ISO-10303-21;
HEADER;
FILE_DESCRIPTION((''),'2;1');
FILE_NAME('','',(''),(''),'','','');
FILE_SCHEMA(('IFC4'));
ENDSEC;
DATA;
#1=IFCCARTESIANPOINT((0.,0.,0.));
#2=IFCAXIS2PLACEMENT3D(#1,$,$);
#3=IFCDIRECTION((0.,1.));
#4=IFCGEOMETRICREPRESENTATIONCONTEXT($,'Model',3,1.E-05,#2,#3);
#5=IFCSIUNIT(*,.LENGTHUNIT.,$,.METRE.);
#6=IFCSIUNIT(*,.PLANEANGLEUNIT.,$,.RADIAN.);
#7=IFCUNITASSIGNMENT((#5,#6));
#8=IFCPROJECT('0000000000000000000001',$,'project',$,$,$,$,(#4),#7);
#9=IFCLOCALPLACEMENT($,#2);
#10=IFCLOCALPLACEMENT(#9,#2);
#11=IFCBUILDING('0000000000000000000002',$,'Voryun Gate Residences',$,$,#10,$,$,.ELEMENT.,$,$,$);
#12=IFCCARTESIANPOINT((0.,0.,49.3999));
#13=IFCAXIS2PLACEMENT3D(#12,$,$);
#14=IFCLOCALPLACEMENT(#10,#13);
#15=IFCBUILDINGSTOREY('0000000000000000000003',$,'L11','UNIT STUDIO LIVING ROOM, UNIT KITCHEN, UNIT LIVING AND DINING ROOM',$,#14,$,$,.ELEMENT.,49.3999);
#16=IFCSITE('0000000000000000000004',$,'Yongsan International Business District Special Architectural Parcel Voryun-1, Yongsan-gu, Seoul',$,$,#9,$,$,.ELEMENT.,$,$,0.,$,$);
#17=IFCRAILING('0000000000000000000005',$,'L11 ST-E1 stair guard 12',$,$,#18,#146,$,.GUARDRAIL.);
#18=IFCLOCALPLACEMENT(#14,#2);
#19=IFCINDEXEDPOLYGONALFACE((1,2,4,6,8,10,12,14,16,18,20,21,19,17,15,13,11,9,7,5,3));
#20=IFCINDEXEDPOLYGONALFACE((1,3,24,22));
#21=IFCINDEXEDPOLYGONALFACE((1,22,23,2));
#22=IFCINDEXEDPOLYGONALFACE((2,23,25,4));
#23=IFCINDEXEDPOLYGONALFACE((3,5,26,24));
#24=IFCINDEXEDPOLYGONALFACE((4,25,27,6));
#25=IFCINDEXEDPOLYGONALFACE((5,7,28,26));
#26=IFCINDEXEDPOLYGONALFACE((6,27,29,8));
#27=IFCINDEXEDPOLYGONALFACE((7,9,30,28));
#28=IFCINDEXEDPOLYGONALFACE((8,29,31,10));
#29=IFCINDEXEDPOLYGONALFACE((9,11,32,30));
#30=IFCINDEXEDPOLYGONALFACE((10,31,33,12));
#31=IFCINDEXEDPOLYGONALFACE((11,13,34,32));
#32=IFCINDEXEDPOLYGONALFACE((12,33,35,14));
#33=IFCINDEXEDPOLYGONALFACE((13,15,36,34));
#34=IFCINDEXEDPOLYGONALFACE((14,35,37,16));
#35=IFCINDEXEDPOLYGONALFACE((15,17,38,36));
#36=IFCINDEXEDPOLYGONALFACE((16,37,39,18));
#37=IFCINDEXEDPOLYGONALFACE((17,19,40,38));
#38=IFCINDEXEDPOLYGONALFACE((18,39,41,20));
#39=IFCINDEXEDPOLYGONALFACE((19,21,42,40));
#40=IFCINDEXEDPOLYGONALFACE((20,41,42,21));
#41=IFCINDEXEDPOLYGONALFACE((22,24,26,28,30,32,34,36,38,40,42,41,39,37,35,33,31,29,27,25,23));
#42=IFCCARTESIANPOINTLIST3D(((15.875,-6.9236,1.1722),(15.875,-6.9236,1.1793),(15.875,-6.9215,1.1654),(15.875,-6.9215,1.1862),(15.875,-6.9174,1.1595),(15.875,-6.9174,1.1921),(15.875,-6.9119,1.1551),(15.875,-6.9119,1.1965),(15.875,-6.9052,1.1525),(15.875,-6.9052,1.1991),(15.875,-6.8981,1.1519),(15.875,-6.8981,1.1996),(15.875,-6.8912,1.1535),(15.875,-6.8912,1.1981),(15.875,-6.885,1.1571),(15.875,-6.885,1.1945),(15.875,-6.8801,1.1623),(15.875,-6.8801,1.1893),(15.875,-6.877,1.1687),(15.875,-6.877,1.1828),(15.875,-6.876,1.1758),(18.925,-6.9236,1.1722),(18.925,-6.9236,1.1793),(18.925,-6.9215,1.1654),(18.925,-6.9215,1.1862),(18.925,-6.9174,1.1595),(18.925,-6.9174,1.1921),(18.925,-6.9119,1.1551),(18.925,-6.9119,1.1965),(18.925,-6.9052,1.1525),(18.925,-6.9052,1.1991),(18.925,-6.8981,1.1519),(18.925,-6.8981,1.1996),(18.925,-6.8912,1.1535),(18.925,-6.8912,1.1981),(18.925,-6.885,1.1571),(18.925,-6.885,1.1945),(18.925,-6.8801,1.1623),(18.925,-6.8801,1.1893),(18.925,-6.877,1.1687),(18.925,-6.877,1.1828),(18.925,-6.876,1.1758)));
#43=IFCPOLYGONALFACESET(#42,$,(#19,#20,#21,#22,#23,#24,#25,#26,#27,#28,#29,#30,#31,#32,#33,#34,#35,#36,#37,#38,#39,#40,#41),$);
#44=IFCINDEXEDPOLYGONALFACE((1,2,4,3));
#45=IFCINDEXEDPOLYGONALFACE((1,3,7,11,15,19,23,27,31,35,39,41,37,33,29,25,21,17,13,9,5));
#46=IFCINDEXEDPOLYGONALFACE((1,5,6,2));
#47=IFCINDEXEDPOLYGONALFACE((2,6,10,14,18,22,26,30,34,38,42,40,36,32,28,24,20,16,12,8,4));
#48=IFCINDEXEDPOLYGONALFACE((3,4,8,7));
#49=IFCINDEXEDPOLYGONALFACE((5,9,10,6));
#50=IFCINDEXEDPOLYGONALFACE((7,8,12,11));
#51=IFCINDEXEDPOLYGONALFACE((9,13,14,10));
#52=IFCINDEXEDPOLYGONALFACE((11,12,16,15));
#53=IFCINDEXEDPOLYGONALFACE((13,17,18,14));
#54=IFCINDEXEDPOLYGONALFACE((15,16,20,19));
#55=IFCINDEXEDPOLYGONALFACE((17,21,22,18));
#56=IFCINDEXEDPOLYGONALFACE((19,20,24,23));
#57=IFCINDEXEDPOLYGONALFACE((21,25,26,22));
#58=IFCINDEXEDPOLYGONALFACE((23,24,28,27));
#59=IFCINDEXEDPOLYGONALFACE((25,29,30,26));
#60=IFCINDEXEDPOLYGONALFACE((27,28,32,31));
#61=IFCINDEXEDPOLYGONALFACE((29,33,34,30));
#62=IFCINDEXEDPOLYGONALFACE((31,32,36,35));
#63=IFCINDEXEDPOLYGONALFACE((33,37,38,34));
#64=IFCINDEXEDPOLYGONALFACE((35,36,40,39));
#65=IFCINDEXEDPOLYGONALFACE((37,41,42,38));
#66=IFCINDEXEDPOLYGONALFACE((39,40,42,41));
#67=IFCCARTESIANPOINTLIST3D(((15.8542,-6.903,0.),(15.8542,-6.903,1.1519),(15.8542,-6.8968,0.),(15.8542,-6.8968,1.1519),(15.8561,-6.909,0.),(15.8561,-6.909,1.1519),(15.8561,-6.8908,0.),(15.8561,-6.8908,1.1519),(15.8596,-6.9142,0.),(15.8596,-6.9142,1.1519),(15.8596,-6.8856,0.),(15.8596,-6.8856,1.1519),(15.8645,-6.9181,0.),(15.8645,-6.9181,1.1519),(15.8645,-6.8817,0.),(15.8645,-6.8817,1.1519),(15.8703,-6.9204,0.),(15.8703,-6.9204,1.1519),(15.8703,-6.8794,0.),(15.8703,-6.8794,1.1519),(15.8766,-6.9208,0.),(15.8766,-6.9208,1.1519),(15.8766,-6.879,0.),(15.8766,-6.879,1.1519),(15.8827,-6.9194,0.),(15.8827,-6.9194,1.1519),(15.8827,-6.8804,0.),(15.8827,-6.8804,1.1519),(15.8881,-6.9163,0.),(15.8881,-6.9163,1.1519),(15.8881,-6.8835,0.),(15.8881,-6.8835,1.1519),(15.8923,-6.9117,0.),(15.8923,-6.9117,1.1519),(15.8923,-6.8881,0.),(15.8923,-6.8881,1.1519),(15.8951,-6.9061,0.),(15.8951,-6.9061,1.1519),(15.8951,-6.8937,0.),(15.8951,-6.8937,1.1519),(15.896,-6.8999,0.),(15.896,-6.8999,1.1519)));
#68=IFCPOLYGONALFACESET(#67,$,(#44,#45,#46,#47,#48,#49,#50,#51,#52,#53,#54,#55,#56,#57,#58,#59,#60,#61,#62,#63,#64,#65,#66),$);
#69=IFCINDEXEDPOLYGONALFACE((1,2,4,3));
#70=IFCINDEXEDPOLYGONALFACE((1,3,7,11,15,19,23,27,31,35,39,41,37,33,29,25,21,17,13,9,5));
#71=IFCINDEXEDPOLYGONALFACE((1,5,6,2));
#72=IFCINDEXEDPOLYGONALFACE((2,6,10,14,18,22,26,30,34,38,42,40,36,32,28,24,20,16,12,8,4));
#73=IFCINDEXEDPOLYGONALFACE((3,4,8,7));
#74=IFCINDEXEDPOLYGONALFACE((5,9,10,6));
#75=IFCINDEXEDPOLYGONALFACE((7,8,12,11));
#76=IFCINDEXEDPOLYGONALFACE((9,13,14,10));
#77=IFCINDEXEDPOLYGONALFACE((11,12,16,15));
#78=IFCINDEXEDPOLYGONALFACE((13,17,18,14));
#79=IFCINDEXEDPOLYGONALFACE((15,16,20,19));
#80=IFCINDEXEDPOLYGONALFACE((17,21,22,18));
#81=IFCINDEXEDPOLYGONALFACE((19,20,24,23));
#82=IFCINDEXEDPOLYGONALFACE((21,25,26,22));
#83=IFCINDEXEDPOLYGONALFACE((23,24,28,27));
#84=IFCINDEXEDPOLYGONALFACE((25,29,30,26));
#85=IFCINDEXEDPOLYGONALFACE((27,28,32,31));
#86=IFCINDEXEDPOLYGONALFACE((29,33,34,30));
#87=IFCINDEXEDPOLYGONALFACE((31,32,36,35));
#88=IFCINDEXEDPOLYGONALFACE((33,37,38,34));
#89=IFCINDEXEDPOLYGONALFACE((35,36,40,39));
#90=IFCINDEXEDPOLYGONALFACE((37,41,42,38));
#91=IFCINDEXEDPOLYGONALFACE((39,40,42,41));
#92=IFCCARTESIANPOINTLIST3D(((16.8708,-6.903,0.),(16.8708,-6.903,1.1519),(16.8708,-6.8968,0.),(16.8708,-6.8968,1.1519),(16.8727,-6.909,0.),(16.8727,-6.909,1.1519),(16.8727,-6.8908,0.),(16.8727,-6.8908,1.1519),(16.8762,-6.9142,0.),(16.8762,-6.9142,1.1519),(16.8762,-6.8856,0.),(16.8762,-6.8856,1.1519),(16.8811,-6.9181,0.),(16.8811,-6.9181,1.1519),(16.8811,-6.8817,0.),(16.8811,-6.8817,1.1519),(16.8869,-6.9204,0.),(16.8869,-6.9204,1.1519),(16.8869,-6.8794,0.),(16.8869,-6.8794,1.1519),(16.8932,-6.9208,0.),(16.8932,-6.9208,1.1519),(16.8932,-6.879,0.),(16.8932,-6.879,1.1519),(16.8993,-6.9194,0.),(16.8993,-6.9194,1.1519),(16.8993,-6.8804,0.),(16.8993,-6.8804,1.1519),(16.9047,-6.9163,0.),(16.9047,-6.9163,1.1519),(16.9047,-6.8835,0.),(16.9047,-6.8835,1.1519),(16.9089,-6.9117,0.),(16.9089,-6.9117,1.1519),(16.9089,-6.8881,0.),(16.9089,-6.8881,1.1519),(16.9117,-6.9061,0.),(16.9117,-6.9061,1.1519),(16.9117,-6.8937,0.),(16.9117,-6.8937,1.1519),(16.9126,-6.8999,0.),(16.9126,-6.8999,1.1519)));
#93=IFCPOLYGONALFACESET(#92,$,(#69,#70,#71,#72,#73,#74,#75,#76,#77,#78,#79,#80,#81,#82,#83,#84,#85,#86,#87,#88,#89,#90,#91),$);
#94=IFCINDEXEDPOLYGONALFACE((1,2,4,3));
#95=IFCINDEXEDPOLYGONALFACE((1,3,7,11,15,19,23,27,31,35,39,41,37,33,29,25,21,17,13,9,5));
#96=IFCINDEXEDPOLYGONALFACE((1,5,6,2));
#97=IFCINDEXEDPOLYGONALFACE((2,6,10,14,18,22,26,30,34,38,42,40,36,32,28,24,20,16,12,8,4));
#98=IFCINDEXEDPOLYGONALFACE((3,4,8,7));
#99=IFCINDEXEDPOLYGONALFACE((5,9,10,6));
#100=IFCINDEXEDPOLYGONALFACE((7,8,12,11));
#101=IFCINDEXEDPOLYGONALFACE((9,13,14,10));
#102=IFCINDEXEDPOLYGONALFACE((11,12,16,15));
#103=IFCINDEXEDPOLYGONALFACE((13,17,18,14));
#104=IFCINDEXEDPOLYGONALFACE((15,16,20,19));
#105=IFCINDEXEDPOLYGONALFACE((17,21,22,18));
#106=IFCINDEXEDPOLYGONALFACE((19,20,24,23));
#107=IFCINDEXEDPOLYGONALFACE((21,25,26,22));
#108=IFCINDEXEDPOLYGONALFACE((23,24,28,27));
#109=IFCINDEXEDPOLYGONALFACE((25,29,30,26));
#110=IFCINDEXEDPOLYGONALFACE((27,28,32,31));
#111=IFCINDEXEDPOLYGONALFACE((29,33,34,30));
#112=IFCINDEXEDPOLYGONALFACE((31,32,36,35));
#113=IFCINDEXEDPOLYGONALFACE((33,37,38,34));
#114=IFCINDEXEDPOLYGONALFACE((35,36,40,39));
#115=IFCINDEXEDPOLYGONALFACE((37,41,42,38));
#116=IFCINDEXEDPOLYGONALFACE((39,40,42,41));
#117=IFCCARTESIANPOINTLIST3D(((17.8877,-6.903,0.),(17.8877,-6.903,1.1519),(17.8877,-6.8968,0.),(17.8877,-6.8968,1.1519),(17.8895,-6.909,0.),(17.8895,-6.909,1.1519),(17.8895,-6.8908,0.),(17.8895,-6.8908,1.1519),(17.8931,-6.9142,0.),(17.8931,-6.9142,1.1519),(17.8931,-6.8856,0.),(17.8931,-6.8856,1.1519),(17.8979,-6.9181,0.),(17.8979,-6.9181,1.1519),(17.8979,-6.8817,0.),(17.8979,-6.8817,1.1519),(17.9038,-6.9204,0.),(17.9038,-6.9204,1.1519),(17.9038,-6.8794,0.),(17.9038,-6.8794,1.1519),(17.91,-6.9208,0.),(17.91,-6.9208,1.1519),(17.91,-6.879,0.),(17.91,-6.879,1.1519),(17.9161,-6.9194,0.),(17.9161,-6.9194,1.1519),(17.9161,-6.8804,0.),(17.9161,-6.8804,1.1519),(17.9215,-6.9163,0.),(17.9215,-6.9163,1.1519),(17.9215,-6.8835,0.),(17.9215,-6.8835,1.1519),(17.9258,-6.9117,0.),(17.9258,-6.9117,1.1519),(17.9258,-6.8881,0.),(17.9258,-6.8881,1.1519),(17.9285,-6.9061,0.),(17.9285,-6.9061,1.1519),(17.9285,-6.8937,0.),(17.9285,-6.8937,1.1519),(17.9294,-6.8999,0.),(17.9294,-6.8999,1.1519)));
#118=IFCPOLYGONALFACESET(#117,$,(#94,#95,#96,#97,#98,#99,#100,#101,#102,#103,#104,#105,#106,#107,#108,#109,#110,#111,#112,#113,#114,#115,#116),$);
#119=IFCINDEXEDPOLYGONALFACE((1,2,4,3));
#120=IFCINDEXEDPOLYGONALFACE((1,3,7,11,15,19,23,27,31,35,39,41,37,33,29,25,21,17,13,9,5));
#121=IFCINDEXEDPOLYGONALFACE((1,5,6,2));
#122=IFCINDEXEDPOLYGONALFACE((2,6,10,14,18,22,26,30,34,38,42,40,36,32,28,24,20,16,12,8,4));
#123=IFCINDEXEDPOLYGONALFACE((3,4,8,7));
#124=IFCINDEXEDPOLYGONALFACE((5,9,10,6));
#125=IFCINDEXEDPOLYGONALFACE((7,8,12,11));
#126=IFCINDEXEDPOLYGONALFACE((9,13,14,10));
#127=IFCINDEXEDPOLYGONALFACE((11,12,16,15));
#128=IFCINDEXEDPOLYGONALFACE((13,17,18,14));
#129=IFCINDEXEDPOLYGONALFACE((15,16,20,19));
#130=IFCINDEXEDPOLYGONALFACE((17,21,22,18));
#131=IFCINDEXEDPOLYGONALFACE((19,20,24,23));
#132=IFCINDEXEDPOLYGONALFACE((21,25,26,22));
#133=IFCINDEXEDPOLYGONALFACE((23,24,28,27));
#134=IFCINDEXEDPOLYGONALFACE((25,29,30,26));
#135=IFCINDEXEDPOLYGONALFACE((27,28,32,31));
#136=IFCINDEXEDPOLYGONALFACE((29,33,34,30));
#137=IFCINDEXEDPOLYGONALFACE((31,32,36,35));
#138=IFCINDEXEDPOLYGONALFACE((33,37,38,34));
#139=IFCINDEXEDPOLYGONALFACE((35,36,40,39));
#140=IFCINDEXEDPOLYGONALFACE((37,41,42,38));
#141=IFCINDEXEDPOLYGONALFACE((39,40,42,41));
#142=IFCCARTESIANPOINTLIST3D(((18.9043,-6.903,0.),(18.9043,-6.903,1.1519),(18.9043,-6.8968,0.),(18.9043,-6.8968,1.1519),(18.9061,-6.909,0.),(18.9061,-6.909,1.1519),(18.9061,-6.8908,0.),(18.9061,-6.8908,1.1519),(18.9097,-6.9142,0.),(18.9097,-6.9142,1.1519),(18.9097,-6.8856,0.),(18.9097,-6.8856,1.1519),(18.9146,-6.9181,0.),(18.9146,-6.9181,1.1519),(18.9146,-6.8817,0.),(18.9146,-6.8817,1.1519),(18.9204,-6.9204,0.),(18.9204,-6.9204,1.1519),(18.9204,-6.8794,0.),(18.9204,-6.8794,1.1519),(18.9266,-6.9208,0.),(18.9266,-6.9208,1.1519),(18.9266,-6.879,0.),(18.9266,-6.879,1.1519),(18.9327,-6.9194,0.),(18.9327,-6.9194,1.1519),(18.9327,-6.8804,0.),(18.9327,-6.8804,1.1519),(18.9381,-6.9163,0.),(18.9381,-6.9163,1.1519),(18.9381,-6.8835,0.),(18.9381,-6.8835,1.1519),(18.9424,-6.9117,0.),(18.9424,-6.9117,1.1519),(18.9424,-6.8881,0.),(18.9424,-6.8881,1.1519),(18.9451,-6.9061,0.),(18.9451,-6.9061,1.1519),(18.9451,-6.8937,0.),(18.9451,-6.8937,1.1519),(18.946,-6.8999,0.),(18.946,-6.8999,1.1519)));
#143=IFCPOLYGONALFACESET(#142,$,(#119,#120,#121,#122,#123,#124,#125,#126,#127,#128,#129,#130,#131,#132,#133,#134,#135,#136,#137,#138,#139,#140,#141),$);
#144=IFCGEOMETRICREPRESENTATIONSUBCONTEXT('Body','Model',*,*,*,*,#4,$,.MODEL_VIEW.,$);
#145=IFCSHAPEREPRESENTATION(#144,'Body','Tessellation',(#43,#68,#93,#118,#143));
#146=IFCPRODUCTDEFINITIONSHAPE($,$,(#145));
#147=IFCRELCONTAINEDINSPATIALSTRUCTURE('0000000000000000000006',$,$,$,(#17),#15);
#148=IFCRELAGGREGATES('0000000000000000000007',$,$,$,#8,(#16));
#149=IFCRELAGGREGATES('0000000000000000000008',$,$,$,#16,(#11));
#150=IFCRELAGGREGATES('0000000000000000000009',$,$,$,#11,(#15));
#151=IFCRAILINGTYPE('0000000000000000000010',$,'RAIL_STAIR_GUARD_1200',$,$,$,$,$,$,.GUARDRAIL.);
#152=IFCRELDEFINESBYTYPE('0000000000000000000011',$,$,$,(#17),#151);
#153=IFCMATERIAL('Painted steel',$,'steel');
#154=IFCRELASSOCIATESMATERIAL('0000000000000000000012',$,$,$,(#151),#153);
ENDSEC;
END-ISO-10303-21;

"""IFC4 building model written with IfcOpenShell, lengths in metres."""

from ifc_helpers import new_model, si_unit, direction, frame, origin, origin_2d, place, context, subcontext, project, spatial, circle, extrude, material, type_object, element, save


model = new_model("IFC4")

# Units and contexts
model_context = context("Model", 3, precision=1e-05, world=origin(), true_north=direction((0.0, 1.0)))
body_context = subcontext(model_context, "Body", "Model", "MODEL_VIEW")
ifc_project = project(units=[si_unit("LENGTHUNIT", "METRE"), si_unit("PLANEANGLEUNIT", "RADIAN")], contexts=[model_context])

# Site, building, storey
site_placement = place(None, origin())
site = spatial("IfcSite", under=ifc_project, at=site_placement, Name="Yongsan International Business District Special Architectural Parcel Voryun-1, Yongsan-gu, Seoul", CompositionType="ELEMENT", RefElevation=0.0)
building_placement = place(site_placement, origin())
building = spatial("IfcBuilding", under=site, at=building_placement, Name="Voryun Gate Residences", CompositionType="ELEMENT")
storey_placement = place(building_placement, frame((0.0, 0.0, 49.3999)))
storey = spatial("IfcBuildingStorey", under=building, at=storey_placement, Name="L11", Description="UNIT STUDIO LIVING ROOM, UNIT KITCHEN, UNIT LIVING AND DINING ROOM", CompositionType="ELEMENT", Elevation=49.3999)

# Railing
ifc_material_1 = material(Name="Painted steel", Category="steel")
railing_type_1 = type_object("IfcRailingType", Name="RAIL_STAIR_GUARD_1200", PredefinedType="GUARDRAIL", material=ifc_material_1)
railing_1_placement = place(storey_placement, frame((15.875, -6.8999, 0.0)))
element("IfcRailing", 1, at=railing_1_placement, inside=storey, type_object=railing_type_1, Name="L11 ST-E1 stair guard 12", PredefinedType="GUARDRAIL", context=body_context, shape_type="SweptSolid", body=[
    extrude(circle(Radius=0.0239, at=origin_2d()), frame((0.0, 0.0, 1.1758), z_axis=(1.0, 0.0, 0.0), x_axis=(0.0, 1.0, 0.0)), (0.0, 0.0, 1.0), 3.05),
    extrude(circle(Radius=0.021, at=origin_2d()), origin(), (0.0, 0.0, 1.0), 1.1519),
    extrude(circle(Radius=0.021, at=origin_2d()), frame((1.0166, 0.0, 0.0)), (0.0, 0.0, 1.0), 1.1519),
    extrude(circle(Radius=0.021, at=origin_2d()), frame((2.0334, 0.0, 0.0)), (0.0, 0.0, 1.0), 1.1519),
    extrude(circle(Radius=0.021, at=origin_2d()), frame((3.05, 0.0, 0.0)), (0.0, 0.0, 1.0), 1.1519),
])

save(model, "model.ifc")
